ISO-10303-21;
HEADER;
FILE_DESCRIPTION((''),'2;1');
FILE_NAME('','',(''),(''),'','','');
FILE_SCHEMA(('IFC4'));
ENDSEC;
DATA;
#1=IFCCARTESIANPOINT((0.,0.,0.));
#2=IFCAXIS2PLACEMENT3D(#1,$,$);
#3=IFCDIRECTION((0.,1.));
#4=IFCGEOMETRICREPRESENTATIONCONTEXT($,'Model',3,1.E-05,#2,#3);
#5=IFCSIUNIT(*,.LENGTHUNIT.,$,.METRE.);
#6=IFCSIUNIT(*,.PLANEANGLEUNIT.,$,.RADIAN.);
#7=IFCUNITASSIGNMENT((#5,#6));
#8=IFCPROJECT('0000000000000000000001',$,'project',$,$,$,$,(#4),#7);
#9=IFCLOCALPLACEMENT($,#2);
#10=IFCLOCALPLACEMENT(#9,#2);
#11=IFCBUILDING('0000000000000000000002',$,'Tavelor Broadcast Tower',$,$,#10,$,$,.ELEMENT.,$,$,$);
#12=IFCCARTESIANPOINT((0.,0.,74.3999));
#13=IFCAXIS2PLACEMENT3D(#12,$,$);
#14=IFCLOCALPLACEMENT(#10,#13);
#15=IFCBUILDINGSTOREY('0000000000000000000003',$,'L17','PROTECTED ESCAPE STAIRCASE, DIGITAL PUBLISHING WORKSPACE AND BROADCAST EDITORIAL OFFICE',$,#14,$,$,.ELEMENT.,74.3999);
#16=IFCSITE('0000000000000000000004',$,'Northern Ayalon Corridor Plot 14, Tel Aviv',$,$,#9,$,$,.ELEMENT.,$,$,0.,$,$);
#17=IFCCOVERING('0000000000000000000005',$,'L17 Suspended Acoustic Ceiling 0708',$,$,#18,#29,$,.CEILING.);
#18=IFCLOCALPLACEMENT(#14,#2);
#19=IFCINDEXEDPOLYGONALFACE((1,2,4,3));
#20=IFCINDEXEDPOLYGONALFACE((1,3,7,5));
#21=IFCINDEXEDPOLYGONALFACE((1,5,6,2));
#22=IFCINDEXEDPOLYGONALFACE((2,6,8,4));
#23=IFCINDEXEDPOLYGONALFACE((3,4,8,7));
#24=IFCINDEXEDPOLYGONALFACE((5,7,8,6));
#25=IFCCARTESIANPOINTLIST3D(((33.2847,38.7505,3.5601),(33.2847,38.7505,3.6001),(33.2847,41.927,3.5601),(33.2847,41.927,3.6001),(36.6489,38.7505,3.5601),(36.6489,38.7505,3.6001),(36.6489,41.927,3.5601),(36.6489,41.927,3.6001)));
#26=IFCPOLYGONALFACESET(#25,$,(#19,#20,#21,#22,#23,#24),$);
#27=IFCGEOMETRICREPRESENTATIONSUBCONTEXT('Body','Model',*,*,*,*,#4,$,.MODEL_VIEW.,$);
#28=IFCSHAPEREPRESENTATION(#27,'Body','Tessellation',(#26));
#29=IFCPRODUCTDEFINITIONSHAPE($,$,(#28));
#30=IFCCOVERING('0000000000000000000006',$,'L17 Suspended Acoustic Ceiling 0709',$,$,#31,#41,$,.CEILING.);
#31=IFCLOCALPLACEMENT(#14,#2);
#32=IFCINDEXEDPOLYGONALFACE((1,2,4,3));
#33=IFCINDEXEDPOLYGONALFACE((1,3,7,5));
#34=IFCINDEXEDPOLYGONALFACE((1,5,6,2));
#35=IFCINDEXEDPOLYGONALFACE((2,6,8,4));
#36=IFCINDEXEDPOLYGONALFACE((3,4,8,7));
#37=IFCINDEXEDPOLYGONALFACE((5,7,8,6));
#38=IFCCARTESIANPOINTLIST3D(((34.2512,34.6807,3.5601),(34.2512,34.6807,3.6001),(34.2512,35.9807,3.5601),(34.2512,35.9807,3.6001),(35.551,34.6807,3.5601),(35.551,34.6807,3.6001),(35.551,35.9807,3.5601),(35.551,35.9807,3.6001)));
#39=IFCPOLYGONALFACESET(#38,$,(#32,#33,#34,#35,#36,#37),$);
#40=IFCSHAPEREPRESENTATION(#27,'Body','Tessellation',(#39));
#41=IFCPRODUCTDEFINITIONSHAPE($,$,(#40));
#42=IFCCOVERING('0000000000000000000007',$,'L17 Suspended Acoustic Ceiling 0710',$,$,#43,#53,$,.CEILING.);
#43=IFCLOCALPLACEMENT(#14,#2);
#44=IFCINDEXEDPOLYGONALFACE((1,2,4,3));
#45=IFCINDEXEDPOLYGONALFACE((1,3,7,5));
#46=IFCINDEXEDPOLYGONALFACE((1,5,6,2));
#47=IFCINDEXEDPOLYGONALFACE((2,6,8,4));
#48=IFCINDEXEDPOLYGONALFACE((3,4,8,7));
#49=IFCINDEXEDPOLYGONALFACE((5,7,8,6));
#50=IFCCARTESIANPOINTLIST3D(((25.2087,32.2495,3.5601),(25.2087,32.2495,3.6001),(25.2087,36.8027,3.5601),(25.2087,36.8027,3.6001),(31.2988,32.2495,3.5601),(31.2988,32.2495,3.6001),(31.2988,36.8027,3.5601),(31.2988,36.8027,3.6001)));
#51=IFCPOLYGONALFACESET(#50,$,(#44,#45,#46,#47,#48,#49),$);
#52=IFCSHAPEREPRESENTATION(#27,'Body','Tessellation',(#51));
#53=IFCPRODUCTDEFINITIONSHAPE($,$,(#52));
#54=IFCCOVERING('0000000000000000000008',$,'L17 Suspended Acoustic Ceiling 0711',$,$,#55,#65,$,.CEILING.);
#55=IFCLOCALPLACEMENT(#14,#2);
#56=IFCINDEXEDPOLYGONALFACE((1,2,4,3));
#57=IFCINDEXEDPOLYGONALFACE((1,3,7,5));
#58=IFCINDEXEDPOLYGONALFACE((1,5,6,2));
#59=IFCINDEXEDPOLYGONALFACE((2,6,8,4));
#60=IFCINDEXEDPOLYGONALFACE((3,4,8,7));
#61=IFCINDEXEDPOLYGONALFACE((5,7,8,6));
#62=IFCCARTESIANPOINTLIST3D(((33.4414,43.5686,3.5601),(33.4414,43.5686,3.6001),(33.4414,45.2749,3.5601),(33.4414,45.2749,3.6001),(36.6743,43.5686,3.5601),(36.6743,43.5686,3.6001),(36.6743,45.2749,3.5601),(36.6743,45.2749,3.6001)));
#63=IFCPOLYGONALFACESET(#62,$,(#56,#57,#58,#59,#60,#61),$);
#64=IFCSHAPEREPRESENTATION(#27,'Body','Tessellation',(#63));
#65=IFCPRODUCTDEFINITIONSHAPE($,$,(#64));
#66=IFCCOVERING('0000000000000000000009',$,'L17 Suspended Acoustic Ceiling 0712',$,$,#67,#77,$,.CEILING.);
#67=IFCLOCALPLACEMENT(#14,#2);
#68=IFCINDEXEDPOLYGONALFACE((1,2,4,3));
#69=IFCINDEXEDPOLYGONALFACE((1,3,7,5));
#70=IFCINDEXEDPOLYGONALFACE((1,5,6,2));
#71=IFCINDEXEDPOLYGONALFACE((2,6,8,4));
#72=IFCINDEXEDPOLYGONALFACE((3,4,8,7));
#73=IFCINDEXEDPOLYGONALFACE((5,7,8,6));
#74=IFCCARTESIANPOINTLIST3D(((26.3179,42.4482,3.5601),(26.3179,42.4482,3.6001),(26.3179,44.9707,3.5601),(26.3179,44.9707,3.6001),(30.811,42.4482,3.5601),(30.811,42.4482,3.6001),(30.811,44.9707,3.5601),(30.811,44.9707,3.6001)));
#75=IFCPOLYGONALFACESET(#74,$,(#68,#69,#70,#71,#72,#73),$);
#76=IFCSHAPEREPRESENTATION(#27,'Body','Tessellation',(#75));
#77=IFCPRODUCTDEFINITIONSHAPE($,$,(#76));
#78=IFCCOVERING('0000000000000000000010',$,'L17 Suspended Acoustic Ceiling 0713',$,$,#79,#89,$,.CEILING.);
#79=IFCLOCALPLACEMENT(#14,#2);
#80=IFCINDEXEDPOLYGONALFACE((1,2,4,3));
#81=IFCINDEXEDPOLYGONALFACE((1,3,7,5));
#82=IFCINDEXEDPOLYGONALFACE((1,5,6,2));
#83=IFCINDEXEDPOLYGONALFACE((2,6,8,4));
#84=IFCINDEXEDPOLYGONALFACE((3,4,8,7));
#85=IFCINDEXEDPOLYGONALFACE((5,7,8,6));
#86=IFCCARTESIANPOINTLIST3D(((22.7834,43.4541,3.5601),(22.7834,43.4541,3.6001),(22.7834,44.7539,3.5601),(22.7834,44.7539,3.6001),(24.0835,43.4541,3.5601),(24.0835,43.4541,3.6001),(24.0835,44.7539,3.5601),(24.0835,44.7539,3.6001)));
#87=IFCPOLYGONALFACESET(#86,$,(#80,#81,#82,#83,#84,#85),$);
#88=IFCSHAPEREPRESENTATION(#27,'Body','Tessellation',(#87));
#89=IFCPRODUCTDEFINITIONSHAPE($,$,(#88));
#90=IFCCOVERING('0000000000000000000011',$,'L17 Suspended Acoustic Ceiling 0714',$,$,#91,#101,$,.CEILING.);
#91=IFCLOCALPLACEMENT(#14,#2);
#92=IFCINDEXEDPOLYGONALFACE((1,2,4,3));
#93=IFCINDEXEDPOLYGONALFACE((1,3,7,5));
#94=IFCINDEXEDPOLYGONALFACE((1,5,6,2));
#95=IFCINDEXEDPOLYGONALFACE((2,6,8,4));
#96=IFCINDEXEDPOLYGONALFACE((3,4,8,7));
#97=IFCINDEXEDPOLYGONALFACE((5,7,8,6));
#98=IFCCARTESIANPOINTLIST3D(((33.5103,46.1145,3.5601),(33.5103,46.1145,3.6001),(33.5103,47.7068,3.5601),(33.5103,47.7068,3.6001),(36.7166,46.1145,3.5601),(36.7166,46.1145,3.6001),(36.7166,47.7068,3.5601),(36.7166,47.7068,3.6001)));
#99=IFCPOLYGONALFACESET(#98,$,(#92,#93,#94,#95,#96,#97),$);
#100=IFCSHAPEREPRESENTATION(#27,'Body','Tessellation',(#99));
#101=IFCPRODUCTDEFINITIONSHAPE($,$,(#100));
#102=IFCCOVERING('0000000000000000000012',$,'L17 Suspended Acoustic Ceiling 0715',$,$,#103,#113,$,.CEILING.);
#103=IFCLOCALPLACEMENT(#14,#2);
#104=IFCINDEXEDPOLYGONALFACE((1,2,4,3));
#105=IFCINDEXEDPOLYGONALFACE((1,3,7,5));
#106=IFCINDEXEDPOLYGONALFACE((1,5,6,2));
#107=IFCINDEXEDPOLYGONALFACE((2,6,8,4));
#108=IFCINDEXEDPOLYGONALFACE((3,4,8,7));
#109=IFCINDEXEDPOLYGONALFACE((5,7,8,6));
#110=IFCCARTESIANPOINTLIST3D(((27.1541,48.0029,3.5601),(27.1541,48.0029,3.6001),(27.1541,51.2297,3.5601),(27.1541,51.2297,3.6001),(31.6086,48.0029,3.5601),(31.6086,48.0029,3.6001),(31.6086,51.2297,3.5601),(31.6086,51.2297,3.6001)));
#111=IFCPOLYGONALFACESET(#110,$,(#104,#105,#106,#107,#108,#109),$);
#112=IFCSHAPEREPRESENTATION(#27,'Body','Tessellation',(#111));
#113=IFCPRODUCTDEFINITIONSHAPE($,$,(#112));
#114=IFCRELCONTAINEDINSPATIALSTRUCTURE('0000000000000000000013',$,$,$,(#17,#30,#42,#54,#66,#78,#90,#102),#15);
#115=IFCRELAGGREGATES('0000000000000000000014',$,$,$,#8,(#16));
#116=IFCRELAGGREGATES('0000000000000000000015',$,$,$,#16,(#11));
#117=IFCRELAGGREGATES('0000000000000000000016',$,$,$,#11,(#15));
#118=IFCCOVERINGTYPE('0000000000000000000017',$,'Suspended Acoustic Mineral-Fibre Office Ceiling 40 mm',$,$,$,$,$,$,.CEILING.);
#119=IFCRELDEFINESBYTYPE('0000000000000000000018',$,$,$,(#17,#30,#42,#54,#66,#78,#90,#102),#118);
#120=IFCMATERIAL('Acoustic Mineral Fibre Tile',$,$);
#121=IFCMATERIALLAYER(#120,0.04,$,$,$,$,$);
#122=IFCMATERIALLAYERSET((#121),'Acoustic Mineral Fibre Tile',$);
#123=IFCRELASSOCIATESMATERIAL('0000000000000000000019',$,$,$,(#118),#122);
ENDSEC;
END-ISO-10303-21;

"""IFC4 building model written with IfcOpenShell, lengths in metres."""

from ifc_helpers import new_model, si_unit, direction, frame, origin, place, context, subcontext, project, spatial, polyline, outline, extrude, material, layer, layer_set, type_object, element, save


model = new_model("IFC4")

# Units and contexts
model_context = context("Model", 3, precision=1e-05, world=origin(), true_north=direction((0.0, 1.0)))
body_context = subcontext(model_context, "Body", "Model", "MODEL_VIEW")
ifc_project = project(units=[si_unit("LENGTHUNIT", "METRE"), si_unit("PLANEANGLEUNIT", "RADIAN")], contexts=[model_context])

# Site, building, storey
site_placement = place(None, origin())
site = spatial("IfcSite", under=ifc_project, at=site_placement, Name="Northern Ayalon Corridor Plot 14, Tel Aviv", CompositionType="ELEMENT", RefElevation=0.0)
building_placement = place(site_placement, origin())
building = spatial("IfcBuilding", under=site, at=building_placement, Name="Tavelor Broadcast Tower", CompositionType="ELEMENT")
storey_placement = place(building_placement, frame((0.0, 0.0, 74.3999)))
storey = spatial("IfcBuildingStorey", under=building, at=storey_placement, Name="L17", Description="PROTECTED ESCAPE STAIRCASE, DIGITAL PUBLISHING WORKSPACE AND BROADCAST EDITORIAL OFFICE", CompositionType="ELEMENT", Elevation=74.3999)

# Coverings
ifc_material_1 = material(Name="Acoustic Mineral Fibre Tile")
ifc_layer_1 = layer(ifc_material_1, 0.04)
ifc_layer_set_1 = layer_set([ifc_layer_1], Name="Acoustic Mineral Fibre Tile")
covering_type_1 = type_object("IfcCoveringType", Name="Suspended Acoustic Mineral-Fibre Office Ceiling 40 mm", PredefinedType="CEILING", material=ifc_layer_set_1)
covering_1_placement = place(storey_placement, frame((0.0, 0.0, 3.5601)))
element("IfcCovering", 1, at=covering_1_placement, inside=storey, type_object=covering_type_1, Name="L17 Suspended Acoustic Ceiling 0708", PredefinedType="CEILING", context=body_context, shape_type="SweptSolid", body=[
    extrude(outline(polyline([(33.2847, 38.7505), (36.6489, 38.7505), (36.6489, 41.927), (33.2847, 41.927), (33.2847, 38.7505)])), origin(), (0.0, 0.0, 1.0), 0.04),
])
covering_2_placement = place(storey_placement, frame((0.0, 0.0, 3.5601)))
element("IfcCovering", 2, at=covering_2_placement, inside=storey, type_object=covering_type_1, Name="L17 Suspended Acoustic Ceiling 0709", PredefinedType="CEILING", context=body_context, shape_type="SweptSolid", body=[
    extrude(outline(polyline([(34.2512, 34.6807), (35.551, 34.6807), (35.551, 35.9807), (34.2512, 35.9807), (34.2512, 34.6807)])), origin(), (0.0, 0.0, 1.0), 0.04),
])
covering_3_placement = place(storey_placement, frame((0.0, 0.0, 3.5601)))
element("IfcCovering", 3, at=covering_3_placement, inside=storey, type_object=covering_type_1, Name="L17 Suspended Acoustic Ceiling 0710", PredefinedType="CEILING", context=body_context, shape_type="SweptSolid", body=[
    extrude(outline(polyline([(25.2087, 32.2495), (31.2988, 32.2495), (31.2988, 36.8027), (25.2087, 36.8027), (25.2087, 32.2495)])), origin(), (0.0, 0.0, 1.0), 0.04),
])
covering_4_placement = place(storey_placement, frame((0.0, 0.0, 3.5601)))
element("IfcCovering", 4, at=covering_4_placement, inside=storey, type_object=covering_type_1, Name="L17 Suspended Acoustic Ceiling 0711", PredefinedType="CEILING", context=body_context, shape_type="SweptSolid", body=[
    extrude(outline(polyline([(33.4414, 43.5686), (36.6743, 43.5686), (36.6743, 45.2749), (33.4414, 45.2749), (33.4414, 43.5686)])), origin(), (0.0, 0.0, 1.0), 0.04),
])
covering_5_placement = place(storey_placement, frame((0.0, 0.0, 3.5601)))
element("IfcCovering", 5, at=covering_5_placement, inside=storey, type_object=covering_type_1, Name="L17 Suspended Acoustic Ceiling 0712", PredefinedType="CEILING", context=body_context, shape_type="SweptSolid", body=[
    extrude(outline(polyline([(26.3179, 42.4482), (30.811, 42.4482), (30.811, 44.9707), (26.3179, 44.9707), (26.3179, 42.4482)])), origin(), (0.0, 0.0, 1.0), 0.04),
])
covering_6_placement = place(storey_placement, frame((0.0, 0.0, 3.5601)))
element("IfcCovering", 6, at=covering_6_placement, inside=storey, type_object=covering_type_1, Name="L17 Suspended Acoustic Ceiling 0713", PredefinedType="CEILING", context=body_context, shape_type="SweptSolid", body=[
    extrude(outline(polyline([(22.7834, 43.4541), (24.0835, 43.4541), (24.0835, 44.7539), (22.7834, 44.7539), (22.7834, 43.4541)])), origin(), (0.0, 0.0, 1.0), 0.04),
])
covering_7_placement = place(storey_placement, frame((0.0, 0.0, 3.5601)))
element("IfcCovering", 7, at=covering_7_placement, inside=storey, type_object=covering_type_1, Name="L17 Suspended Acoustic Ceiling 0714", PredefinedType="CEILING", context=body_context, shape_type="SweptSolid", body=[
    extrude(outline(polyline([(33.5103, 46.1145), (36.7166, 46.1145), (36.7166, 47.7068), (33.5103, 47.7068), (33.5103, 46.1145)])), origin(), (0.0, 0.0, 1.0), 0.04),
])
covering_8_placement = place(storey_placement, frame((0.0, 0.0, 3.5601)))
element("IfcCovering", 8, at=covering_8_placement, inside=storey, type_object=covering_type_1, Name="L17 Suspended Acoustic Ceiling 0715", PredefinedType="CEILING", context=body_context, shape_type="SweptSolid", body=[
    extrude(outline(polyline([(27.1541, 48.0029), (31.6086, 48.0029), (31.6086, 51.2297), (27.1541, 51.2297), (27.1541, 48.0029)])), origin(), (0.0, 0.0, 1.0), 0.04),
])

save(model, "model.ifc")
